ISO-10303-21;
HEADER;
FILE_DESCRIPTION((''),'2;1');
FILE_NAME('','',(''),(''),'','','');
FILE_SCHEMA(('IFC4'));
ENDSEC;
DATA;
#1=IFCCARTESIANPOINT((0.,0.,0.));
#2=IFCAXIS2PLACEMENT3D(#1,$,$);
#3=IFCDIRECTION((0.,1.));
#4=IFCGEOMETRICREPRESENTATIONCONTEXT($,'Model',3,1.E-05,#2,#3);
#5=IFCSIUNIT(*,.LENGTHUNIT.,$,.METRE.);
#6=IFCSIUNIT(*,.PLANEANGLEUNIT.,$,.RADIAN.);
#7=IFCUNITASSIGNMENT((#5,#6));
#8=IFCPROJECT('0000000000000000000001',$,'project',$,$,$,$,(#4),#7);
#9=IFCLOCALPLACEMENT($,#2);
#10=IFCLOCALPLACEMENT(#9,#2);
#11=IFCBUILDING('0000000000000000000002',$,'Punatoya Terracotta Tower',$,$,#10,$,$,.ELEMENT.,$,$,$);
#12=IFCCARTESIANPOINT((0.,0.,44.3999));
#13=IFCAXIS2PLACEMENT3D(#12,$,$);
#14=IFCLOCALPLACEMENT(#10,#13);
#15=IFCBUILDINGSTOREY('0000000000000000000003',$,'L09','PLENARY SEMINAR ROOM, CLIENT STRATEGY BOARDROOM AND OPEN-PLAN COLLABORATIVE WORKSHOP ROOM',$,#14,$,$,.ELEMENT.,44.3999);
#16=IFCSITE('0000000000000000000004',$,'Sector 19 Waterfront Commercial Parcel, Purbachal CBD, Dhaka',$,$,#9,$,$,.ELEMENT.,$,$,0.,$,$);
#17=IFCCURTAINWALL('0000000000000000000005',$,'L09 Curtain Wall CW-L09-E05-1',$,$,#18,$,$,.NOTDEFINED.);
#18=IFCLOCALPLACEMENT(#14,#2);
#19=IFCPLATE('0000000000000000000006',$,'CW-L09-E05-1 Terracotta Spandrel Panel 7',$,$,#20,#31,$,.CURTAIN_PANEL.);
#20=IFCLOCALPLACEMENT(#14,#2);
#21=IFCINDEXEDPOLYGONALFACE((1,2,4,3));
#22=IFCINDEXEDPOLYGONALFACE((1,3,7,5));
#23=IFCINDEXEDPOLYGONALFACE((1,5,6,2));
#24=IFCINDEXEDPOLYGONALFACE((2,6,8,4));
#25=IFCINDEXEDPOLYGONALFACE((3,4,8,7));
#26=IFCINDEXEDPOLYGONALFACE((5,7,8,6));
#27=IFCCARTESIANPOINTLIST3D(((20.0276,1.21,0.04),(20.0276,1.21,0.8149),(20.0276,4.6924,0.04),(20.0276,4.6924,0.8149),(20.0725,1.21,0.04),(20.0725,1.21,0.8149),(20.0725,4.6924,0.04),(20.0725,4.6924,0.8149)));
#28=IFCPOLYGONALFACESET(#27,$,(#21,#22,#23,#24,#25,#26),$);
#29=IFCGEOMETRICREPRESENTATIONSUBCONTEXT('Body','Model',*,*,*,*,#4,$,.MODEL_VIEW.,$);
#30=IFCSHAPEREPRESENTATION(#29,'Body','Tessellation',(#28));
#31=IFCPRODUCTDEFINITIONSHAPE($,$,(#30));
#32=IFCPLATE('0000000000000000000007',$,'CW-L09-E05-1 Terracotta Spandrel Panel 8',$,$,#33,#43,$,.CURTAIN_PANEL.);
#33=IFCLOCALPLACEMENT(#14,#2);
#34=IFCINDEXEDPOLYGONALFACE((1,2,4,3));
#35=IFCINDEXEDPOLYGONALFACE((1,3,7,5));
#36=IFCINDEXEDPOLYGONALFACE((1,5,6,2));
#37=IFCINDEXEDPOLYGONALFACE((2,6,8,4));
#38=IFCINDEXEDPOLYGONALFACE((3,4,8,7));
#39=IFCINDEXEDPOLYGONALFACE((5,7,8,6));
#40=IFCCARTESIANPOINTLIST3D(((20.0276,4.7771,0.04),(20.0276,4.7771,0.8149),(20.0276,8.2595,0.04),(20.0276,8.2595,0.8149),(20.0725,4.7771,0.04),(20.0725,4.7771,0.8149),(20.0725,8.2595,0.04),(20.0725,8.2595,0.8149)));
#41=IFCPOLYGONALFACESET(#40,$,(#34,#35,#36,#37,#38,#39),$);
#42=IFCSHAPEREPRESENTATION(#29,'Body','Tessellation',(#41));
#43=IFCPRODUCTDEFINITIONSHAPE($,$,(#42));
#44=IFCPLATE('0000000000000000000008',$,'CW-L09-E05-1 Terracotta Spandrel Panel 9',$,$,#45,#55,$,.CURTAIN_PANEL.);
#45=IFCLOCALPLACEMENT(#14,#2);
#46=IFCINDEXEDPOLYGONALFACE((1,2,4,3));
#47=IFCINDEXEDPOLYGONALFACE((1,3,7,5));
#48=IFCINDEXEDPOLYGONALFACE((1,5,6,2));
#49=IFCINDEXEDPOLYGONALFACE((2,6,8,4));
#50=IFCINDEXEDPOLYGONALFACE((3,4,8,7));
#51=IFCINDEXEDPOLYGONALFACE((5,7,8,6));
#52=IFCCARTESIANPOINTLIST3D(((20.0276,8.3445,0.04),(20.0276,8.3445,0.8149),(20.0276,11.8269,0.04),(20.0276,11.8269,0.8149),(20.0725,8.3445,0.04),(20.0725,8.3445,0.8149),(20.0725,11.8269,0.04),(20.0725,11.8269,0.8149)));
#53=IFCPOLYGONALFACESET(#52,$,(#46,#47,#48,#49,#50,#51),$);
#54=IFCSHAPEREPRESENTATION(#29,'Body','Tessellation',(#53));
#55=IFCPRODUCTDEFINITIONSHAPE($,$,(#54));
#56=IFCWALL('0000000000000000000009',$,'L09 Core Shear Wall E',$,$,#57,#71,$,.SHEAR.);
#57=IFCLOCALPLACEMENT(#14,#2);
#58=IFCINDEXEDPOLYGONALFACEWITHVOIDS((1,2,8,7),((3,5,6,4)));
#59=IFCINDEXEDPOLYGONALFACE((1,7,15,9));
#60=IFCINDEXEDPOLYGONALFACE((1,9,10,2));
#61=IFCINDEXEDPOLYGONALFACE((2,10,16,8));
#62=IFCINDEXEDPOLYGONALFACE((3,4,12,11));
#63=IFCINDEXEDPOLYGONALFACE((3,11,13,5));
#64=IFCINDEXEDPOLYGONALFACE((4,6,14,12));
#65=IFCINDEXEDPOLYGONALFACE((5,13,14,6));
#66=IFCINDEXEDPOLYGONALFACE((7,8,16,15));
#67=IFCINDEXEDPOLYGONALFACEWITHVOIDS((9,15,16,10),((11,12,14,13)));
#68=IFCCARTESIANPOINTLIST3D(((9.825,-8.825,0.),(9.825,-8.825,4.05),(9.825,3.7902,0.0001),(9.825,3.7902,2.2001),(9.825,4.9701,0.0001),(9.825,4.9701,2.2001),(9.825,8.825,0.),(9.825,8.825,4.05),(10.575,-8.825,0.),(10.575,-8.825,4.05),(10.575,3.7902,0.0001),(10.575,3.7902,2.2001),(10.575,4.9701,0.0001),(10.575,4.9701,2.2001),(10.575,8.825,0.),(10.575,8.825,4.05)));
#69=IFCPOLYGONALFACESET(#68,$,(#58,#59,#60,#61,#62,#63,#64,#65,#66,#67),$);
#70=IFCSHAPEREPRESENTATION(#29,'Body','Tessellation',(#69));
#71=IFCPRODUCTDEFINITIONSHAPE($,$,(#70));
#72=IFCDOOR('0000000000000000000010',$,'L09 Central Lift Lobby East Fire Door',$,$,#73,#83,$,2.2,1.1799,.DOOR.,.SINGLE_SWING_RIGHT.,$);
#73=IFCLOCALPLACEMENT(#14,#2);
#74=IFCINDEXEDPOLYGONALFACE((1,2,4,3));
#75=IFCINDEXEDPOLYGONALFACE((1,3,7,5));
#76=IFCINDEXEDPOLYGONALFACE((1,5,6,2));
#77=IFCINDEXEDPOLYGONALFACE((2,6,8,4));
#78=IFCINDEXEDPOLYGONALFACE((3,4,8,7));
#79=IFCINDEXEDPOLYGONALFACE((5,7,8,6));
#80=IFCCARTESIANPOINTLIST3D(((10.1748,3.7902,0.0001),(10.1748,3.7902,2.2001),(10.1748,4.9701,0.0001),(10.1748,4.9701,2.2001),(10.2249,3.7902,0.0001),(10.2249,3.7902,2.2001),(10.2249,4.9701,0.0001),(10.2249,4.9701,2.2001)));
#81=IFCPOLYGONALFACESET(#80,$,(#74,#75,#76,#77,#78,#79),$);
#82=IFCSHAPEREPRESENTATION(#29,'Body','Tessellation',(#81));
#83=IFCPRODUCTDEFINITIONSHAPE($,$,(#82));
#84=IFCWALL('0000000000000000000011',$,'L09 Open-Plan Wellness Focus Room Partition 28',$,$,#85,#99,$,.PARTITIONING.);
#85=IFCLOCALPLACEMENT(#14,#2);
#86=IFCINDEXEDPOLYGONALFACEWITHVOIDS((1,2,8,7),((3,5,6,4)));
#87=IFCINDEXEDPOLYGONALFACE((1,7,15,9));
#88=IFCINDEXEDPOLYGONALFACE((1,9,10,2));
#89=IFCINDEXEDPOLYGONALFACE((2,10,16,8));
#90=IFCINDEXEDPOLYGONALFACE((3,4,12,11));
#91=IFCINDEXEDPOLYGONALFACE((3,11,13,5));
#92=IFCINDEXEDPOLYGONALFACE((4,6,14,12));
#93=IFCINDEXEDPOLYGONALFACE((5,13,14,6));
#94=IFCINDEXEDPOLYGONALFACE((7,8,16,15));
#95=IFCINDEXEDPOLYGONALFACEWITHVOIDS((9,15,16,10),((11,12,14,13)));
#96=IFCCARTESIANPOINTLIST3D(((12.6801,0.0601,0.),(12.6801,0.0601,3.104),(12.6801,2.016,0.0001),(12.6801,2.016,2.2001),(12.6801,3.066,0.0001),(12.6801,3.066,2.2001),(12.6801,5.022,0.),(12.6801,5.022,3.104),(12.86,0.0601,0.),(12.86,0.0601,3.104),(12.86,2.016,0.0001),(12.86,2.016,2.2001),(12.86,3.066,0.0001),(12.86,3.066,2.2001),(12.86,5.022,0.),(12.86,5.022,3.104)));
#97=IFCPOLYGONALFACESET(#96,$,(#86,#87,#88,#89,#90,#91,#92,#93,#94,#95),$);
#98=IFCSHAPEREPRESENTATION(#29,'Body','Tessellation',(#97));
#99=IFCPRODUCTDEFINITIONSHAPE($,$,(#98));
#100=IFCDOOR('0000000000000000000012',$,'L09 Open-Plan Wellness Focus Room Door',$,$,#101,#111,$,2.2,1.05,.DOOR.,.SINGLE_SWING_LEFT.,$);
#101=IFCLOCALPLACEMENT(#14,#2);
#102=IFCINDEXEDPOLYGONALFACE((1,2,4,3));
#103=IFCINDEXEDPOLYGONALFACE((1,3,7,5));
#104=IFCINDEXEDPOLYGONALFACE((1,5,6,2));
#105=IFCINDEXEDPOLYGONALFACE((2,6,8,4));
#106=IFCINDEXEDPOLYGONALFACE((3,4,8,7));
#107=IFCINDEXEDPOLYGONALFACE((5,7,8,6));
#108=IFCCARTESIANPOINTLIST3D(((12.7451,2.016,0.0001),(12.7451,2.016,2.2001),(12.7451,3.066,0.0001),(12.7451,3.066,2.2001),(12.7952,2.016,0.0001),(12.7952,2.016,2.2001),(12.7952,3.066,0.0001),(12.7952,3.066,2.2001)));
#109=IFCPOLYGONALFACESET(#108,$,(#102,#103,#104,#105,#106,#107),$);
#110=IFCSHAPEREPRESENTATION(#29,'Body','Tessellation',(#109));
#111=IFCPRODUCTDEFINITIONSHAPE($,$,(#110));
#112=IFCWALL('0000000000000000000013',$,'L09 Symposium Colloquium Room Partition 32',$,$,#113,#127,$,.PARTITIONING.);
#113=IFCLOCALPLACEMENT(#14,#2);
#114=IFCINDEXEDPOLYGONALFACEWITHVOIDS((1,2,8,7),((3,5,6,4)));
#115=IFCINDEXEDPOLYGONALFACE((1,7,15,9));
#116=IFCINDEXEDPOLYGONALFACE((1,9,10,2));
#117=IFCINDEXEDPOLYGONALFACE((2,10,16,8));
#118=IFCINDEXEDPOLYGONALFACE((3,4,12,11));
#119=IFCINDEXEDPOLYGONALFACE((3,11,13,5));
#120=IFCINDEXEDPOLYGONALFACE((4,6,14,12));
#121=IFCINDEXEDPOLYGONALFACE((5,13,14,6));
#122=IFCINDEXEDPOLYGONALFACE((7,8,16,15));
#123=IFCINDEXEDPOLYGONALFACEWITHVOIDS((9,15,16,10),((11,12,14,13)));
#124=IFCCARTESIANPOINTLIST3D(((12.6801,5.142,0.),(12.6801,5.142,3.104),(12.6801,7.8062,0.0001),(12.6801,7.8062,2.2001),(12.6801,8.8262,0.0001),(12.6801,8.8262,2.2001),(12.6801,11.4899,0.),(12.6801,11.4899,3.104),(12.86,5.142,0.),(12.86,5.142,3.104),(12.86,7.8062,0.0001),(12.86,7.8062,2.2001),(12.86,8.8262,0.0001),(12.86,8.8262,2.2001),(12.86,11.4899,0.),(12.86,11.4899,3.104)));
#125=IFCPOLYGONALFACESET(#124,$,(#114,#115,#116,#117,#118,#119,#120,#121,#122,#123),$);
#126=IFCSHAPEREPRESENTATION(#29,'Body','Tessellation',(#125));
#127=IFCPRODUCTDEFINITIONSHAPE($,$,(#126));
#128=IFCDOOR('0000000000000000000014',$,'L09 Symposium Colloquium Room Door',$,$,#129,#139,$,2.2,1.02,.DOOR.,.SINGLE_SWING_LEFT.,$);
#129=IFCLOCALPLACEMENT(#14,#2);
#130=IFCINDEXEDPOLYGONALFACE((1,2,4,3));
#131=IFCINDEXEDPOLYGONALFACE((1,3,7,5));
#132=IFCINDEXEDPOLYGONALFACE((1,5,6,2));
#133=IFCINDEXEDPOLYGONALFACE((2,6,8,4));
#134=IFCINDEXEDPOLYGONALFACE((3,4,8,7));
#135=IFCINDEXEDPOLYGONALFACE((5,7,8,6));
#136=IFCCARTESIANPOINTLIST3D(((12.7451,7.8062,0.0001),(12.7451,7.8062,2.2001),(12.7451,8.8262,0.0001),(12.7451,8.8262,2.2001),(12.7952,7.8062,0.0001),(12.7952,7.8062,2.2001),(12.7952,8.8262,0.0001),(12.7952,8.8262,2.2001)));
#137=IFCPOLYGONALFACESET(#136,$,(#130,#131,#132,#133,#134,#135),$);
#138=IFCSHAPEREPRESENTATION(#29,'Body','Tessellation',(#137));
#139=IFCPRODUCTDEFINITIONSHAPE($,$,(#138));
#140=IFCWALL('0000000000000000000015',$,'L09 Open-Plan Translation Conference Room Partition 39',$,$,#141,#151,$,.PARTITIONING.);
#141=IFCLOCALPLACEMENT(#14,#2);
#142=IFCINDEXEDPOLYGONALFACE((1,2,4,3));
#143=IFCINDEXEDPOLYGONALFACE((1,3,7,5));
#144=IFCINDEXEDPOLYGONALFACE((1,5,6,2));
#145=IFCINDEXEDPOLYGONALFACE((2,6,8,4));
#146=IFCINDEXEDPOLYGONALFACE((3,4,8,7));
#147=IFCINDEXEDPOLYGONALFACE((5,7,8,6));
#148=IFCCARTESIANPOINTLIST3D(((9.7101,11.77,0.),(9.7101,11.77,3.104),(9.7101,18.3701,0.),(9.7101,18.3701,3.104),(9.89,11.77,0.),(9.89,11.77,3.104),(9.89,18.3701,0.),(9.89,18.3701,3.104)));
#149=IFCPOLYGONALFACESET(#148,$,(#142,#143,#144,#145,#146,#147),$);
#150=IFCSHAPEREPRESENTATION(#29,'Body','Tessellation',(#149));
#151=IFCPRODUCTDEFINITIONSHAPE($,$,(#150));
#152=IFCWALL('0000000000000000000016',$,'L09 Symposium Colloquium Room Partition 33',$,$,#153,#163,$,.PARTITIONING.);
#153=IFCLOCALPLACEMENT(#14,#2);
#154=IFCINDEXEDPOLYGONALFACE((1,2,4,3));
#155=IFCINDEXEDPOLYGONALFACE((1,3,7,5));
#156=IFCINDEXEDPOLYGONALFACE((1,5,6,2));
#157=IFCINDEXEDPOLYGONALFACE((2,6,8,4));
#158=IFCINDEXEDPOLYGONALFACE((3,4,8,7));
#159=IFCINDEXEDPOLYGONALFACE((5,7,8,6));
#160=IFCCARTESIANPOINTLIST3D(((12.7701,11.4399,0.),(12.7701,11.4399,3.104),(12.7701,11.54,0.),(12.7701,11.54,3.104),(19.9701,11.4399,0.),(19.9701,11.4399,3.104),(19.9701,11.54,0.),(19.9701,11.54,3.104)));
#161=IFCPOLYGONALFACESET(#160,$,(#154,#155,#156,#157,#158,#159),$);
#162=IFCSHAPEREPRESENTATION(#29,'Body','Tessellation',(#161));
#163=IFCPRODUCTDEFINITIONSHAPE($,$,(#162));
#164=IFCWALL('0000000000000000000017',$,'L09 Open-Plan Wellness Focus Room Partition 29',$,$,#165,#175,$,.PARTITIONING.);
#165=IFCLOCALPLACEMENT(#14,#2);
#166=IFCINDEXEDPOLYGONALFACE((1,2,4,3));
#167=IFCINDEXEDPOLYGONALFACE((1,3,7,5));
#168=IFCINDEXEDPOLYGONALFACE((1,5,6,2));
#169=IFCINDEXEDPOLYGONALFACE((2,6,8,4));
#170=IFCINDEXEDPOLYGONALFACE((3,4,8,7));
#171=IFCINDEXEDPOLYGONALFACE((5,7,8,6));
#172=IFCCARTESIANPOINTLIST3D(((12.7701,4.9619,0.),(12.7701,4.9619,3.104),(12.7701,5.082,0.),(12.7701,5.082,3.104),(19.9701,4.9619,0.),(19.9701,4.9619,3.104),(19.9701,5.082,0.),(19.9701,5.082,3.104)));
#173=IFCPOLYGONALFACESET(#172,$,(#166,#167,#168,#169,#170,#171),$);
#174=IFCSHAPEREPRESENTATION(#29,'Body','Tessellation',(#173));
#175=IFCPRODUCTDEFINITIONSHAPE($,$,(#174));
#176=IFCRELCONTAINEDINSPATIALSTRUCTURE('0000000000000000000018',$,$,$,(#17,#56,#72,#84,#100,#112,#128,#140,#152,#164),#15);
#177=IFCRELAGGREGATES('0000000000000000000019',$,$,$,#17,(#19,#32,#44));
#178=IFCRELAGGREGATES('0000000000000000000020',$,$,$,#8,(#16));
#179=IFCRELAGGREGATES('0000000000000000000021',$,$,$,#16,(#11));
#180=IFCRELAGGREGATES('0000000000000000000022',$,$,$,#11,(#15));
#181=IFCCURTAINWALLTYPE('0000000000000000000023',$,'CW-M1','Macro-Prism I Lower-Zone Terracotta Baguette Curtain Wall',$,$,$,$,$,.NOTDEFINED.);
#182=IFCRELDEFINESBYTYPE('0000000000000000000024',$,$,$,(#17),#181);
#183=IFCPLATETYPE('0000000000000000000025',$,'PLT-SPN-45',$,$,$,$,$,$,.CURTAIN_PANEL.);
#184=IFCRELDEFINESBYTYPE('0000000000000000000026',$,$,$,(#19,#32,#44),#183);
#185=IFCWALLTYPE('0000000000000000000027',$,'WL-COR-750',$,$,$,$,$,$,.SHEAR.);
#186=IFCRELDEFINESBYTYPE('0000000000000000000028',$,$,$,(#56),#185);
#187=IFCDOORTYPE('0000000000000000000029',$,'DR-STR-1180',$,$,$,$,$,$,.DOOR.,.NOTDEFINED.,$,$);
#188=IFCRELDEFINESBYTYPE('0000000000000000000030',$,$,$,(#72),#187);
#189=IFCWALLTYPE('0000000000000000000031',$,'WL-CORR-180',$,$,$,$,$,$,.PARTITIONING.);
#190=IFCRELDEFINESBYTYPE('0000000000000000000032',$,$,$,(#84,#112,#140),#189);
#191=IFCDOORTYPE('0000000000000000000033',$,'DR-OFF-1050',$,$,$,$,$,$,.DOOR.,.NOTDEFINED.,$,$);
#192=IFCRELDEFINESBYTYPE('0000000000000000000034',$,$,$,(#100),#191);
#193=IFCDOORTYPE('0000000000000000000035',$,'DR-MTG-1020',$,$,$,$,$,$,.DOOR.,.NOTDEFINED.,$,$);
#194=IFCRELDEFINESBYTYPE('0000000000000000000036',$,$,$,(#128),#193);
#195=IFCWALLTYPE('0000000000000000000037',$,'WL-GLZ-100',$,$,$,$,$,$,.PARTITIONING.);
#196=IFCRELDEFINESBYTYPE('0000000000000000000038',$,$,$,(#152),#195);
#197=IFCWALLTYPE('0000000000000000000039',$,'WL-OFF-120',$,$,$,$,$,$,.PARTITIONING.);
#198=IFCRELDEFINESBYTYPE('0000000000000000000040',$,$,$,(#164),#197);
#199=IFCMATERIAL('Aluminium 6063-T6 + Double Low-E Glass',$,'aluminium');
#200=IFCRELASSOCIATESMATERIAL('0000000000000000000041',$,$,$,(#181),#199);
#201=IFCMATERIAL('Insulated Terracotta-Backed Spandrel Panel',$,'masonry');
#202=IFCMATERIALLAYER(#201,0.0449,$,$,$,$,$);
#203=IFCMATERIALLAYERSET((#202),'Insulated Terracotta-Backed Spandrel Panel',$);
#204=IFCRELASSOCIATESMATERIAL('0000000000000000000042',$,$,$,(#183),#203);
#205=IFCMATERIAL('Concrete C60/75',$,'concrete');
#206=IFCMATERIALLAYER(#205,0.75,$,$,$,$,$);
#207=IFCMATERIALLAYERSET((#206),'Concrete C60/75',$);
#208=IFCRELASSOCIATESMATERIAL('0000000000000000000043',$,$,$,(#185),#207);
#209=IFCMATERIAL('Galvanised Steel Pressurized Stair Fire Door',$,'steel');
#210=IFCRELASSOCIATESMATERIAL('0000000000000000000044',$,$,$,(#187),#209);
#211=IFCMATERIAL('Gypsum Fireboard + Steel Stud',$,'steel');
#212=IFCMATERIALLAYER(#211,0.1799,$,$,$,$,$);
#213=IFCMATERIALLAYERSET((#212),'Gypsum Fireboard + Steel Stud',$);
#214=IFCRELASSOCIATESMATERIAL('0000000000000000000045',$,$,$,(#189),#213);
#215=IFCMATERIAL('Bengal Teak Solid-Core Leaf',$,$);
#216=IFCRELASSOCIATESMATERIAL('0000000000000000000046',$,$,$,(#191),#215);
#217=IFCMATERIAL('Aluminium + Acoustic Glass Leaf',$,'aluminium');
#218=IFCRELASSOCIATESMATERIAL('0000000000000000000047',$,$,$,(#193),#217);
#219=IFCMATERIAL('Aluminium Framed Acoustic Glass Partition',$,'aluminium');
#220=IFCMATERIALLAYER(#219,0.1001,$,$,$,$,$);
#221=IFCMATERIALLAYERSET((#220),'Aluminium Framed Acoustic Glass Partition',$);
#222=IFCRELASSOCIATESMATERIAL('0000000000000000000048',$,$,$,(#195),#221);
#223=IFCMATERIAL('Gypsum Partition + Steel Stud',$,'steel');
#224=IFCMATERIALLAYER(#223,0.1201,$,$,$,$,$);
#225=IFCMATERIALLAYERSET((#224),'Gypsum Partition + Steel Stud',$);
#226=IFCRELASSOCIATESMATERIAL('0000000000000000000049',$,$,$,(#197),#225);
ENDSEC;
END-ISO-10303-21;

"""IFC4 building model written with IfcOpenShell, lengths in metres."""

from ifc_helpers import new_model, si_unit, direction, frame, frame_2d, origin, origin_2d, place, context, subcontext, project, spatial, rectangle, extrude, material, layer, layer_set, type_object, element, fill, aggregate, save


model = new_model("IFC4")

# Units and contexts
model_context = context("Model", 3, precision=1e-05, world=origin(), true_north=direction((0.0, 1.0)))
body_context = subcontext(model_context, "Body", "Model", "MODEL_VIEW")
ifc_project = project(units=[si_unit("LENGTHUNIT", "METRE"), si_unit("PLANEANGLEUNIT", "RADIAN")], contexts=[model_context])

# Site, building, storey
site_placement = place(None, origin())
site = spatial("IfcSite", under=ifc_project, at=site_placement, Name="Sector 19 Waterfront Commercial Parcel, Purbachal CBD, Dhaka", CompositionType="ELEMENT", RefElevation=0.0)
building_placement = place(site_placement, origin())
building = spatial("IfcBuilding", under=site, at=building_placement, Name="Punatoya Terracotta Tower", CompositionType="ELEMENT")
storey_placement = place(building_placement, frame((0.0, 0.0, 44.3999)))
storey = spatial("IfcBuildingStorey", under=building, at=storey_placement, Name="L09", Description="PLENARY SEMINAR ROOM, CLIENT STRATEGY BOARDROOM AND OPEN-PLAN COLLABORATIVE WORKSHOP ROOM", CompositionType="ELEMENT", Elevation=44.3999)

# Curtain wall, plates
ifc_material_1 = material(Name="Aluminium 6063-T6 + Double Low-E Glass", Category="aluminium")
curtain_wall_type = type_object("IfcCurtainWallType", Name="CW-M1", Description="Macro-Prism I Lower-Zone Terracotta Baguette Curtain Wall", PredefinedType="NOTDEFINED", material=ifc_material_1)
curtain_wall_placement = place(storey_placement, origin())
curtain_wall = element("IfcCurtainWall", 1, at=curtain_wall_placement, inside=storey, type_object=curtain_wall_type, Name="L09 Curtain Wall CW-L09-E05-1", PredefinedType="NOTDEFINED")
ifc_material_2 = material(Name="Insulated Terracotta-Backed Spandrel Panel", Category="masonry")
ifc_layer_1 = layer(ifc_material_2, 0.0449)
ifc_layer_set_1 = layer_set([ifc_layer_1], Name="Insulated Terracotta-Backed Spandrel Panel")
plate_type_1 = type_object("IfcPlateType", Name="PLT-SPN-45", PredefinedType="CURTAIN_PANEL", material=ifc_layer_set_1)
plate_1_placement = place(storey_placement, frame((20.05, 2.9512, 0.04), z_axis=(0.0, 0.0, 1.0), x_axis=(0.0, 1.0, 0.0)))
plate_1 = element("IfcPlate", 2, at=plate_1_placement, type_object=plate_type_1, Name="CW-L09-E05-1 Terracotta Spandrel Panel 7", PredefinedType="CURTAIN_PANEL", context=body_context, shape_type="SweptSolid", body=[
    extrude(rectangle(XDim=3.4824, YDim=0.0449, at=origin_2d()), origin(), (0.0, 0.0, 1.0), 0.7749),
])
plate_2_placement = place(storey_placement, frame((20.05, 6.5183, 0.04), z_axis=(0.0, 0.0, 1.0), x_axis=(0.0, 1.0, 0.0)))
plate_2 = element("IfcPlate", 3, at=plate_2_placement, type_object=plate_type_1, Name="CW-L09-E05-1 Terracotta Spandrel Panel 8", PredefinedType="CURTAIN_PANEL", context=body_context, shape_type="SweptSolid", body=[
    extrude(rectangle(XDim=3.4824, YDim=0.0449, at=origin_2d()), origin(), (0.0, 0.0, 1.0), 0.7749),
])
plate_3_placement = place(storey_placement, frame((20.05, 10.0857, 0.04), z_axis=(0.0, 0.0, 1.0), x_axis=(0.0, 1.0, 0.0)))
plate_3 = element("IfcPlate", 4, at=plate_3_placement, type_object=plate_type_1, Name="CW-L09-E05-1 Terracotta Spandrel Panel 9", PredefinedType="CURTAIN_PANEL", context=body_context, shape_type="SweptSolid", body=[
    extrude(rectangle(XDim=3.4824, YDim=0.0449, at=origin_2d()), origin(), (0.0, 0.0, 1.0), 0.7749),
])
aggregate(curtain_wall, [plate_1, plate_2, plate_3])

# Walls, openings, doors
ifc_material_3 = material(Name="Concrete C60/75", Category="concrete")
ifc_layer_2 = layer(ifc_material_3, 0.75)
ifc_layer_set_2 = layer_set([ifc_layer_2], Name="Concrete C60/75")
wall_type_1 = type_object("IfcWallType", Name="WL-COR-750", PredefinedType="SHEAR", material=ifc_layer_set_2)
wall_1_placement = place(storey_placement, frame((10.2, 8.825, 0.0), z_axis=(0.0, 0.0, 1.0), x_axis=(0.0, -1.0, 0.0)))
wall_1 = element("IfcWall", 5, at=wall_1_placement, inside=storey, type_object=wall_type_1, Name="L09 Core Shear Wall E", PredefinedType="SHEAR", context=body_context, shape_type="SweptSolid", body=[
    extrude(rectangle(XDim=17.6499, YDim=0.75, at=frame_2d((8.825, 0.0))), origin(), (0.0, 0.0, 1.0), 4.05),
])
opening_1_placement = place(wall_1_placement, frame((3.855, 0.0, 0.0)))
opening_1 = element("IfcOpeningElement", 6, at=opening_1_placement, cuts=wall_1, PredefinedType="OPENING", context=body_context, shape_type="SweptSolid", body=[
    extrude(rectangle(XDim=1.1799, YDim=2.2, at=frame_2d((0.5898, 1.1001))), frame((0.0, 0.385, 0.0), z_axis=(0.0, -1.0, 0.0), x_axis=(1.0, 0.0, 0.0)), (0.0, 0.0, 1.0), 0.77),
])
ifc_material_4 = material(Name="Galvanised Steel Pressurized Stair Fire Door", Category="steel")
door_type_1 = type_object("IfcDoorType", Name="DR-STR-1180", OperationType="NOTDEFINED", PredefinedType="DOOR", material=ifc_material_4)
door_1_placement = place(opening_1_placement, origin())
door_1 = element("IfcDoor", 7, at=door_1_placement, inside=storey, type_object=door_type_1, Name="L09 Central Lift Lobby East Fire Door", OperationType="SINGLE_SWING_RIGHT", OverallHeight=2.2, OverallWidth=1.1799, PredefinedType="DOOR", context=body_context, shape_type="SweptSolid", body=[
    extrude(rectangle(XDim=1.1799, YDim=2.2, at=frame_2d((0.5898, 1.1001))), frame((0.0, 0.0249, 0.0), z_axis=(0.0, -1.0, 0.0), x_axis=(1.0, 0.0, 0.0)), (0.0, 0.0, 1.0), 0.05),
])
fill(opening_1, door_1)
ifc_material_5 = material(Name="Gypsum Fireboard + Steel Stud", Category="steel")
ifc_layer_3 = layer(ifc_material_5, 0.1799)
ifc_layer_set_3 = layer_set([ifc_layer_3], Name="Gypsum Fireboard + Steel Stud")
wall_type_2 = type_object("IfcWallType", Name="WL-CORR-180", PredefinedType="PARTITIONING", material=ifc_layer_set_3)
wall_2_placement = place(storey_placement, frame((12.77, 0.0601, 0.0), z_axis=(0.0, 0.0, 1.0), x_axis=(0.0, 1.0, 0.0)))
wall_2 = element("IfcWall", 8, at=wall_2_placement, inside=storey, type_object=wall_type_2, Name="L09 Open-Plan Wellness Focus Room Partition 28", PredefinedType="PARTITIONING", context=body_context, shape_type="SweptSolid", body=[
    extrude(rectangle(XDim=4.9619, YDim=0.1799, at=frame_2d((2.481, 0.0))), origin(), (0.0, 0.0, 1.0), 3.104),
])
opening_2_placement = place(wall_2_placement, frame((1.9561, 0.0, 0.0)))
opening_2 = element("IfcOpeningElement", 9, at=opening_2_placement, cuts=wall_2, PredefinedType="OPENING", context=body_context, shape_type="SweptSolid", body=[
    extrude(rectangle(XDim=1.05, YDim=2.2, at=frame_2d((0.5249, 1.1001))), frame((0.0, 0.0999, 0.0), z_axis=(0.0, -1.0, 0.0), x_axis=(1.0, 0.0, 0.0)), (0.0, 0.0, 1.0), 0.2),
])
ifc_material_6 = material(Name="Bengal Teak Solid-Core Leaf")
door_type_2 = type_object("IfcDoorType", Name="DR-OFF-1050", OperationType="NOTDEFINED", PredefinedType="DOOR", material=ifc_material_6)
door_2_placement = place(opening_2_placement, origin())
door_2 = element("IfcDoor", 10, at=door_2_placement, inside=storey, type_object=door_type_2, Name="L09 Open-Plan Wellness Focus Room Door", OperationType="SINGLE_SWING_LEFT", OverallHeight=2.2, OverallWidth=1.05, PredefinedType="DOOR", context=body_context, shape_type="SweptSolid", body=[
    extrude(rectangle(XDim=1.05, YDim=2.2, at=frame_2d((0.5249, 1.1001))), frame((0.0, 0.0249, 0.0), z_axis=(0.0, -1.0, 0.0), x_axis=(1.0, 0.0, 0.0)), (0.0, 0.0, 1.0), 0.05),
])
fill(opening_2, door_2)
wall_3_placement = place(storey_placement, frame((12.77, 5.1421, 0.0), z_axis=(0.0, 0.0, 1.0), x_axis=(0.0, 1.0, 0.0)))
wall_3 = element("IfcWall", 11, at=wall_3_placement, inside=storey, type_object=wall_type_2, Name="L09 Symposium Colloquium Room Partition 32", PredefinedType="PARTITIONING", context=body_context, shape_type="SweptSolid", body=[
    extrude(rectangle(XDim=6.3479, YDim=0.1799, at=frame_2d((3.1738, 0.0))), origin(), (0.0, 0.0, 1.0), 3.104),
])
opening_3_placement = place(wall_3_placement, frame((2.6641, 0.0, 0.0)))
opening_3 = element("IfcOpeningElement", 12, at=opening_3_placement, cuts=wall_3, PredefinedType="OPENING", context=body_context, shape_type="SweptSolid", body=[
    extrude(rectangle(XDim=1.02, YDim=2.2, at=frame_2d((0.51, 1.1001))), frame((0.0, 0.0999, 0.0), z_axis=(0.0, -1.0, 0.0), x_axis=(1.0, 0.0, 0.0)), (0.0, 0.0, 1.0), 0.2),
])
ifc_material_7 = material(Name="Aluminium + Acoustic Glass Leaf", Category="aluminium")
door_type_3 = type_object("IfcDoorType", Name="DR-MTG-1020", OperationType="NOTDEFINED", PredefinedType="DOOR", material=ifc_material_7)
door_3_placement = place(opening_3_placement, origin())
door_3 = element("IfcDoor", 13, at=door_3_placement, inside=storey, type_object=door_type_3, Name="L09 Symposium Colloquium Room Door", OperationType="SINGLE_SWING_LEFT", OverallHeight=2.2, OverallWidth=1.02, PredefinedType="DOOR", context=body_context, shape_type="SweptSolid", body=[
    extrude(rectangle(XDim=1.02, YDim=2.2, at=frame_2d((0.51, 1.1001))), frame((0.0, 0.0249, 0.0), z_axis=(0.0, -1.0, 0.0), x_axis=(1.0, 0.0, 0.0)), (0.0, 0.0, 1.0), 0.05),
])
fill(opening_3, door_3)

# Walls
wall_4_placement = place(storey_placement, frame((9.8, 11.77, 0.0), z_axis=(0.0, 0.0, 1.0), x_axis=(0.0, 1.0, 0.0)))
element("IfcWall", 14, at=wall_4_placement, inside=storey, type_object=wall_type_2, Name="L09 Open-Plan Translation Conference Room Partition 39", PredefinedType="PARTITIONING", context=body_context, shape_type="SweptSolid", body=[
    extrude(rectangle(XDim=6.6001, YDim=0.1799, at=frame_2d((3.3, 0.0))), origin(), (0.0, 0.0, 1.0), 3.104),
])
ifc_material_8 = material(Name="Aluminium Framed Acoustic Glass Partition", Category="aluminium")
ifc_layer_4 = layer(ifc_material_8, 0.1001)
ifc_layer_set_4 = layer_set([ifc_layer_4], Name="Aluminium Framed Acoustic Glass Partition")
wall_type_3 = type_object("IfcWallType", Name="WL-GLZ-100", PredefinedType="PARTITIONING", material=ifc_layer_set_4)
wall_5_placement = place(storey_placement, frame((12.77, 11.49, 0.0), z_axis=(0.0, 0.0, 1.0), x_axis=(1.0, 0.0, 0.0)))
element("IfcWall", 15, at=wall_5_placement, inside=storey, type_object=wall_type_3, Name="L09 Symposium Colloquium Room Partition 33", PredefinedType="PARTITIONING", context=body_context, shape_type="SweptSolid", body=[
    extrude(rectangle(XDim=7.2, YDim=0.1001, at=frame_2d((3.6001, 0.0))), origin(), (0.0, 0.0, 1.0), 3.104),
])
ifc_material_9 = material(Name="Gypsum Partition + Steel Stud", Category="steel")
ifc_layer_5 = layer(ifc_material_9, 0.1201)
ifc_layer_set_5 = layer_set([ifc_layer_5], Name="Gypsum Partition + Steel Stud")
wall_type_4 = type_object("IfcWallType", Name="WL-OFF-120", PredefinedType="PARTITIONING", material=ifc_layer_set_5)
wall_6_placement = place(storey_placement, frame((12.77, 5.022, 0.0), z_axis=(0.0, 0.0, 1.0), x_axis=(1.0, 0.0, 0.0)))
element("IfcWall", 16, at=wall_6_placement, inside=storey, type_object=wall_type_4, Name="L09 Open-Plan Wellness Focus Room Partition 29", PredefinedType="PARTITIONING", context=body_context, shape_type="SweptSolid", body=[
    extrude(rectangle(XDim=7.2, YDim=0.1201, at=frame_2d((3.6001, 0.0))), origin(), (0.0, 0.0, 1.0), 3.104),
])

save(model, "model.ifc")
